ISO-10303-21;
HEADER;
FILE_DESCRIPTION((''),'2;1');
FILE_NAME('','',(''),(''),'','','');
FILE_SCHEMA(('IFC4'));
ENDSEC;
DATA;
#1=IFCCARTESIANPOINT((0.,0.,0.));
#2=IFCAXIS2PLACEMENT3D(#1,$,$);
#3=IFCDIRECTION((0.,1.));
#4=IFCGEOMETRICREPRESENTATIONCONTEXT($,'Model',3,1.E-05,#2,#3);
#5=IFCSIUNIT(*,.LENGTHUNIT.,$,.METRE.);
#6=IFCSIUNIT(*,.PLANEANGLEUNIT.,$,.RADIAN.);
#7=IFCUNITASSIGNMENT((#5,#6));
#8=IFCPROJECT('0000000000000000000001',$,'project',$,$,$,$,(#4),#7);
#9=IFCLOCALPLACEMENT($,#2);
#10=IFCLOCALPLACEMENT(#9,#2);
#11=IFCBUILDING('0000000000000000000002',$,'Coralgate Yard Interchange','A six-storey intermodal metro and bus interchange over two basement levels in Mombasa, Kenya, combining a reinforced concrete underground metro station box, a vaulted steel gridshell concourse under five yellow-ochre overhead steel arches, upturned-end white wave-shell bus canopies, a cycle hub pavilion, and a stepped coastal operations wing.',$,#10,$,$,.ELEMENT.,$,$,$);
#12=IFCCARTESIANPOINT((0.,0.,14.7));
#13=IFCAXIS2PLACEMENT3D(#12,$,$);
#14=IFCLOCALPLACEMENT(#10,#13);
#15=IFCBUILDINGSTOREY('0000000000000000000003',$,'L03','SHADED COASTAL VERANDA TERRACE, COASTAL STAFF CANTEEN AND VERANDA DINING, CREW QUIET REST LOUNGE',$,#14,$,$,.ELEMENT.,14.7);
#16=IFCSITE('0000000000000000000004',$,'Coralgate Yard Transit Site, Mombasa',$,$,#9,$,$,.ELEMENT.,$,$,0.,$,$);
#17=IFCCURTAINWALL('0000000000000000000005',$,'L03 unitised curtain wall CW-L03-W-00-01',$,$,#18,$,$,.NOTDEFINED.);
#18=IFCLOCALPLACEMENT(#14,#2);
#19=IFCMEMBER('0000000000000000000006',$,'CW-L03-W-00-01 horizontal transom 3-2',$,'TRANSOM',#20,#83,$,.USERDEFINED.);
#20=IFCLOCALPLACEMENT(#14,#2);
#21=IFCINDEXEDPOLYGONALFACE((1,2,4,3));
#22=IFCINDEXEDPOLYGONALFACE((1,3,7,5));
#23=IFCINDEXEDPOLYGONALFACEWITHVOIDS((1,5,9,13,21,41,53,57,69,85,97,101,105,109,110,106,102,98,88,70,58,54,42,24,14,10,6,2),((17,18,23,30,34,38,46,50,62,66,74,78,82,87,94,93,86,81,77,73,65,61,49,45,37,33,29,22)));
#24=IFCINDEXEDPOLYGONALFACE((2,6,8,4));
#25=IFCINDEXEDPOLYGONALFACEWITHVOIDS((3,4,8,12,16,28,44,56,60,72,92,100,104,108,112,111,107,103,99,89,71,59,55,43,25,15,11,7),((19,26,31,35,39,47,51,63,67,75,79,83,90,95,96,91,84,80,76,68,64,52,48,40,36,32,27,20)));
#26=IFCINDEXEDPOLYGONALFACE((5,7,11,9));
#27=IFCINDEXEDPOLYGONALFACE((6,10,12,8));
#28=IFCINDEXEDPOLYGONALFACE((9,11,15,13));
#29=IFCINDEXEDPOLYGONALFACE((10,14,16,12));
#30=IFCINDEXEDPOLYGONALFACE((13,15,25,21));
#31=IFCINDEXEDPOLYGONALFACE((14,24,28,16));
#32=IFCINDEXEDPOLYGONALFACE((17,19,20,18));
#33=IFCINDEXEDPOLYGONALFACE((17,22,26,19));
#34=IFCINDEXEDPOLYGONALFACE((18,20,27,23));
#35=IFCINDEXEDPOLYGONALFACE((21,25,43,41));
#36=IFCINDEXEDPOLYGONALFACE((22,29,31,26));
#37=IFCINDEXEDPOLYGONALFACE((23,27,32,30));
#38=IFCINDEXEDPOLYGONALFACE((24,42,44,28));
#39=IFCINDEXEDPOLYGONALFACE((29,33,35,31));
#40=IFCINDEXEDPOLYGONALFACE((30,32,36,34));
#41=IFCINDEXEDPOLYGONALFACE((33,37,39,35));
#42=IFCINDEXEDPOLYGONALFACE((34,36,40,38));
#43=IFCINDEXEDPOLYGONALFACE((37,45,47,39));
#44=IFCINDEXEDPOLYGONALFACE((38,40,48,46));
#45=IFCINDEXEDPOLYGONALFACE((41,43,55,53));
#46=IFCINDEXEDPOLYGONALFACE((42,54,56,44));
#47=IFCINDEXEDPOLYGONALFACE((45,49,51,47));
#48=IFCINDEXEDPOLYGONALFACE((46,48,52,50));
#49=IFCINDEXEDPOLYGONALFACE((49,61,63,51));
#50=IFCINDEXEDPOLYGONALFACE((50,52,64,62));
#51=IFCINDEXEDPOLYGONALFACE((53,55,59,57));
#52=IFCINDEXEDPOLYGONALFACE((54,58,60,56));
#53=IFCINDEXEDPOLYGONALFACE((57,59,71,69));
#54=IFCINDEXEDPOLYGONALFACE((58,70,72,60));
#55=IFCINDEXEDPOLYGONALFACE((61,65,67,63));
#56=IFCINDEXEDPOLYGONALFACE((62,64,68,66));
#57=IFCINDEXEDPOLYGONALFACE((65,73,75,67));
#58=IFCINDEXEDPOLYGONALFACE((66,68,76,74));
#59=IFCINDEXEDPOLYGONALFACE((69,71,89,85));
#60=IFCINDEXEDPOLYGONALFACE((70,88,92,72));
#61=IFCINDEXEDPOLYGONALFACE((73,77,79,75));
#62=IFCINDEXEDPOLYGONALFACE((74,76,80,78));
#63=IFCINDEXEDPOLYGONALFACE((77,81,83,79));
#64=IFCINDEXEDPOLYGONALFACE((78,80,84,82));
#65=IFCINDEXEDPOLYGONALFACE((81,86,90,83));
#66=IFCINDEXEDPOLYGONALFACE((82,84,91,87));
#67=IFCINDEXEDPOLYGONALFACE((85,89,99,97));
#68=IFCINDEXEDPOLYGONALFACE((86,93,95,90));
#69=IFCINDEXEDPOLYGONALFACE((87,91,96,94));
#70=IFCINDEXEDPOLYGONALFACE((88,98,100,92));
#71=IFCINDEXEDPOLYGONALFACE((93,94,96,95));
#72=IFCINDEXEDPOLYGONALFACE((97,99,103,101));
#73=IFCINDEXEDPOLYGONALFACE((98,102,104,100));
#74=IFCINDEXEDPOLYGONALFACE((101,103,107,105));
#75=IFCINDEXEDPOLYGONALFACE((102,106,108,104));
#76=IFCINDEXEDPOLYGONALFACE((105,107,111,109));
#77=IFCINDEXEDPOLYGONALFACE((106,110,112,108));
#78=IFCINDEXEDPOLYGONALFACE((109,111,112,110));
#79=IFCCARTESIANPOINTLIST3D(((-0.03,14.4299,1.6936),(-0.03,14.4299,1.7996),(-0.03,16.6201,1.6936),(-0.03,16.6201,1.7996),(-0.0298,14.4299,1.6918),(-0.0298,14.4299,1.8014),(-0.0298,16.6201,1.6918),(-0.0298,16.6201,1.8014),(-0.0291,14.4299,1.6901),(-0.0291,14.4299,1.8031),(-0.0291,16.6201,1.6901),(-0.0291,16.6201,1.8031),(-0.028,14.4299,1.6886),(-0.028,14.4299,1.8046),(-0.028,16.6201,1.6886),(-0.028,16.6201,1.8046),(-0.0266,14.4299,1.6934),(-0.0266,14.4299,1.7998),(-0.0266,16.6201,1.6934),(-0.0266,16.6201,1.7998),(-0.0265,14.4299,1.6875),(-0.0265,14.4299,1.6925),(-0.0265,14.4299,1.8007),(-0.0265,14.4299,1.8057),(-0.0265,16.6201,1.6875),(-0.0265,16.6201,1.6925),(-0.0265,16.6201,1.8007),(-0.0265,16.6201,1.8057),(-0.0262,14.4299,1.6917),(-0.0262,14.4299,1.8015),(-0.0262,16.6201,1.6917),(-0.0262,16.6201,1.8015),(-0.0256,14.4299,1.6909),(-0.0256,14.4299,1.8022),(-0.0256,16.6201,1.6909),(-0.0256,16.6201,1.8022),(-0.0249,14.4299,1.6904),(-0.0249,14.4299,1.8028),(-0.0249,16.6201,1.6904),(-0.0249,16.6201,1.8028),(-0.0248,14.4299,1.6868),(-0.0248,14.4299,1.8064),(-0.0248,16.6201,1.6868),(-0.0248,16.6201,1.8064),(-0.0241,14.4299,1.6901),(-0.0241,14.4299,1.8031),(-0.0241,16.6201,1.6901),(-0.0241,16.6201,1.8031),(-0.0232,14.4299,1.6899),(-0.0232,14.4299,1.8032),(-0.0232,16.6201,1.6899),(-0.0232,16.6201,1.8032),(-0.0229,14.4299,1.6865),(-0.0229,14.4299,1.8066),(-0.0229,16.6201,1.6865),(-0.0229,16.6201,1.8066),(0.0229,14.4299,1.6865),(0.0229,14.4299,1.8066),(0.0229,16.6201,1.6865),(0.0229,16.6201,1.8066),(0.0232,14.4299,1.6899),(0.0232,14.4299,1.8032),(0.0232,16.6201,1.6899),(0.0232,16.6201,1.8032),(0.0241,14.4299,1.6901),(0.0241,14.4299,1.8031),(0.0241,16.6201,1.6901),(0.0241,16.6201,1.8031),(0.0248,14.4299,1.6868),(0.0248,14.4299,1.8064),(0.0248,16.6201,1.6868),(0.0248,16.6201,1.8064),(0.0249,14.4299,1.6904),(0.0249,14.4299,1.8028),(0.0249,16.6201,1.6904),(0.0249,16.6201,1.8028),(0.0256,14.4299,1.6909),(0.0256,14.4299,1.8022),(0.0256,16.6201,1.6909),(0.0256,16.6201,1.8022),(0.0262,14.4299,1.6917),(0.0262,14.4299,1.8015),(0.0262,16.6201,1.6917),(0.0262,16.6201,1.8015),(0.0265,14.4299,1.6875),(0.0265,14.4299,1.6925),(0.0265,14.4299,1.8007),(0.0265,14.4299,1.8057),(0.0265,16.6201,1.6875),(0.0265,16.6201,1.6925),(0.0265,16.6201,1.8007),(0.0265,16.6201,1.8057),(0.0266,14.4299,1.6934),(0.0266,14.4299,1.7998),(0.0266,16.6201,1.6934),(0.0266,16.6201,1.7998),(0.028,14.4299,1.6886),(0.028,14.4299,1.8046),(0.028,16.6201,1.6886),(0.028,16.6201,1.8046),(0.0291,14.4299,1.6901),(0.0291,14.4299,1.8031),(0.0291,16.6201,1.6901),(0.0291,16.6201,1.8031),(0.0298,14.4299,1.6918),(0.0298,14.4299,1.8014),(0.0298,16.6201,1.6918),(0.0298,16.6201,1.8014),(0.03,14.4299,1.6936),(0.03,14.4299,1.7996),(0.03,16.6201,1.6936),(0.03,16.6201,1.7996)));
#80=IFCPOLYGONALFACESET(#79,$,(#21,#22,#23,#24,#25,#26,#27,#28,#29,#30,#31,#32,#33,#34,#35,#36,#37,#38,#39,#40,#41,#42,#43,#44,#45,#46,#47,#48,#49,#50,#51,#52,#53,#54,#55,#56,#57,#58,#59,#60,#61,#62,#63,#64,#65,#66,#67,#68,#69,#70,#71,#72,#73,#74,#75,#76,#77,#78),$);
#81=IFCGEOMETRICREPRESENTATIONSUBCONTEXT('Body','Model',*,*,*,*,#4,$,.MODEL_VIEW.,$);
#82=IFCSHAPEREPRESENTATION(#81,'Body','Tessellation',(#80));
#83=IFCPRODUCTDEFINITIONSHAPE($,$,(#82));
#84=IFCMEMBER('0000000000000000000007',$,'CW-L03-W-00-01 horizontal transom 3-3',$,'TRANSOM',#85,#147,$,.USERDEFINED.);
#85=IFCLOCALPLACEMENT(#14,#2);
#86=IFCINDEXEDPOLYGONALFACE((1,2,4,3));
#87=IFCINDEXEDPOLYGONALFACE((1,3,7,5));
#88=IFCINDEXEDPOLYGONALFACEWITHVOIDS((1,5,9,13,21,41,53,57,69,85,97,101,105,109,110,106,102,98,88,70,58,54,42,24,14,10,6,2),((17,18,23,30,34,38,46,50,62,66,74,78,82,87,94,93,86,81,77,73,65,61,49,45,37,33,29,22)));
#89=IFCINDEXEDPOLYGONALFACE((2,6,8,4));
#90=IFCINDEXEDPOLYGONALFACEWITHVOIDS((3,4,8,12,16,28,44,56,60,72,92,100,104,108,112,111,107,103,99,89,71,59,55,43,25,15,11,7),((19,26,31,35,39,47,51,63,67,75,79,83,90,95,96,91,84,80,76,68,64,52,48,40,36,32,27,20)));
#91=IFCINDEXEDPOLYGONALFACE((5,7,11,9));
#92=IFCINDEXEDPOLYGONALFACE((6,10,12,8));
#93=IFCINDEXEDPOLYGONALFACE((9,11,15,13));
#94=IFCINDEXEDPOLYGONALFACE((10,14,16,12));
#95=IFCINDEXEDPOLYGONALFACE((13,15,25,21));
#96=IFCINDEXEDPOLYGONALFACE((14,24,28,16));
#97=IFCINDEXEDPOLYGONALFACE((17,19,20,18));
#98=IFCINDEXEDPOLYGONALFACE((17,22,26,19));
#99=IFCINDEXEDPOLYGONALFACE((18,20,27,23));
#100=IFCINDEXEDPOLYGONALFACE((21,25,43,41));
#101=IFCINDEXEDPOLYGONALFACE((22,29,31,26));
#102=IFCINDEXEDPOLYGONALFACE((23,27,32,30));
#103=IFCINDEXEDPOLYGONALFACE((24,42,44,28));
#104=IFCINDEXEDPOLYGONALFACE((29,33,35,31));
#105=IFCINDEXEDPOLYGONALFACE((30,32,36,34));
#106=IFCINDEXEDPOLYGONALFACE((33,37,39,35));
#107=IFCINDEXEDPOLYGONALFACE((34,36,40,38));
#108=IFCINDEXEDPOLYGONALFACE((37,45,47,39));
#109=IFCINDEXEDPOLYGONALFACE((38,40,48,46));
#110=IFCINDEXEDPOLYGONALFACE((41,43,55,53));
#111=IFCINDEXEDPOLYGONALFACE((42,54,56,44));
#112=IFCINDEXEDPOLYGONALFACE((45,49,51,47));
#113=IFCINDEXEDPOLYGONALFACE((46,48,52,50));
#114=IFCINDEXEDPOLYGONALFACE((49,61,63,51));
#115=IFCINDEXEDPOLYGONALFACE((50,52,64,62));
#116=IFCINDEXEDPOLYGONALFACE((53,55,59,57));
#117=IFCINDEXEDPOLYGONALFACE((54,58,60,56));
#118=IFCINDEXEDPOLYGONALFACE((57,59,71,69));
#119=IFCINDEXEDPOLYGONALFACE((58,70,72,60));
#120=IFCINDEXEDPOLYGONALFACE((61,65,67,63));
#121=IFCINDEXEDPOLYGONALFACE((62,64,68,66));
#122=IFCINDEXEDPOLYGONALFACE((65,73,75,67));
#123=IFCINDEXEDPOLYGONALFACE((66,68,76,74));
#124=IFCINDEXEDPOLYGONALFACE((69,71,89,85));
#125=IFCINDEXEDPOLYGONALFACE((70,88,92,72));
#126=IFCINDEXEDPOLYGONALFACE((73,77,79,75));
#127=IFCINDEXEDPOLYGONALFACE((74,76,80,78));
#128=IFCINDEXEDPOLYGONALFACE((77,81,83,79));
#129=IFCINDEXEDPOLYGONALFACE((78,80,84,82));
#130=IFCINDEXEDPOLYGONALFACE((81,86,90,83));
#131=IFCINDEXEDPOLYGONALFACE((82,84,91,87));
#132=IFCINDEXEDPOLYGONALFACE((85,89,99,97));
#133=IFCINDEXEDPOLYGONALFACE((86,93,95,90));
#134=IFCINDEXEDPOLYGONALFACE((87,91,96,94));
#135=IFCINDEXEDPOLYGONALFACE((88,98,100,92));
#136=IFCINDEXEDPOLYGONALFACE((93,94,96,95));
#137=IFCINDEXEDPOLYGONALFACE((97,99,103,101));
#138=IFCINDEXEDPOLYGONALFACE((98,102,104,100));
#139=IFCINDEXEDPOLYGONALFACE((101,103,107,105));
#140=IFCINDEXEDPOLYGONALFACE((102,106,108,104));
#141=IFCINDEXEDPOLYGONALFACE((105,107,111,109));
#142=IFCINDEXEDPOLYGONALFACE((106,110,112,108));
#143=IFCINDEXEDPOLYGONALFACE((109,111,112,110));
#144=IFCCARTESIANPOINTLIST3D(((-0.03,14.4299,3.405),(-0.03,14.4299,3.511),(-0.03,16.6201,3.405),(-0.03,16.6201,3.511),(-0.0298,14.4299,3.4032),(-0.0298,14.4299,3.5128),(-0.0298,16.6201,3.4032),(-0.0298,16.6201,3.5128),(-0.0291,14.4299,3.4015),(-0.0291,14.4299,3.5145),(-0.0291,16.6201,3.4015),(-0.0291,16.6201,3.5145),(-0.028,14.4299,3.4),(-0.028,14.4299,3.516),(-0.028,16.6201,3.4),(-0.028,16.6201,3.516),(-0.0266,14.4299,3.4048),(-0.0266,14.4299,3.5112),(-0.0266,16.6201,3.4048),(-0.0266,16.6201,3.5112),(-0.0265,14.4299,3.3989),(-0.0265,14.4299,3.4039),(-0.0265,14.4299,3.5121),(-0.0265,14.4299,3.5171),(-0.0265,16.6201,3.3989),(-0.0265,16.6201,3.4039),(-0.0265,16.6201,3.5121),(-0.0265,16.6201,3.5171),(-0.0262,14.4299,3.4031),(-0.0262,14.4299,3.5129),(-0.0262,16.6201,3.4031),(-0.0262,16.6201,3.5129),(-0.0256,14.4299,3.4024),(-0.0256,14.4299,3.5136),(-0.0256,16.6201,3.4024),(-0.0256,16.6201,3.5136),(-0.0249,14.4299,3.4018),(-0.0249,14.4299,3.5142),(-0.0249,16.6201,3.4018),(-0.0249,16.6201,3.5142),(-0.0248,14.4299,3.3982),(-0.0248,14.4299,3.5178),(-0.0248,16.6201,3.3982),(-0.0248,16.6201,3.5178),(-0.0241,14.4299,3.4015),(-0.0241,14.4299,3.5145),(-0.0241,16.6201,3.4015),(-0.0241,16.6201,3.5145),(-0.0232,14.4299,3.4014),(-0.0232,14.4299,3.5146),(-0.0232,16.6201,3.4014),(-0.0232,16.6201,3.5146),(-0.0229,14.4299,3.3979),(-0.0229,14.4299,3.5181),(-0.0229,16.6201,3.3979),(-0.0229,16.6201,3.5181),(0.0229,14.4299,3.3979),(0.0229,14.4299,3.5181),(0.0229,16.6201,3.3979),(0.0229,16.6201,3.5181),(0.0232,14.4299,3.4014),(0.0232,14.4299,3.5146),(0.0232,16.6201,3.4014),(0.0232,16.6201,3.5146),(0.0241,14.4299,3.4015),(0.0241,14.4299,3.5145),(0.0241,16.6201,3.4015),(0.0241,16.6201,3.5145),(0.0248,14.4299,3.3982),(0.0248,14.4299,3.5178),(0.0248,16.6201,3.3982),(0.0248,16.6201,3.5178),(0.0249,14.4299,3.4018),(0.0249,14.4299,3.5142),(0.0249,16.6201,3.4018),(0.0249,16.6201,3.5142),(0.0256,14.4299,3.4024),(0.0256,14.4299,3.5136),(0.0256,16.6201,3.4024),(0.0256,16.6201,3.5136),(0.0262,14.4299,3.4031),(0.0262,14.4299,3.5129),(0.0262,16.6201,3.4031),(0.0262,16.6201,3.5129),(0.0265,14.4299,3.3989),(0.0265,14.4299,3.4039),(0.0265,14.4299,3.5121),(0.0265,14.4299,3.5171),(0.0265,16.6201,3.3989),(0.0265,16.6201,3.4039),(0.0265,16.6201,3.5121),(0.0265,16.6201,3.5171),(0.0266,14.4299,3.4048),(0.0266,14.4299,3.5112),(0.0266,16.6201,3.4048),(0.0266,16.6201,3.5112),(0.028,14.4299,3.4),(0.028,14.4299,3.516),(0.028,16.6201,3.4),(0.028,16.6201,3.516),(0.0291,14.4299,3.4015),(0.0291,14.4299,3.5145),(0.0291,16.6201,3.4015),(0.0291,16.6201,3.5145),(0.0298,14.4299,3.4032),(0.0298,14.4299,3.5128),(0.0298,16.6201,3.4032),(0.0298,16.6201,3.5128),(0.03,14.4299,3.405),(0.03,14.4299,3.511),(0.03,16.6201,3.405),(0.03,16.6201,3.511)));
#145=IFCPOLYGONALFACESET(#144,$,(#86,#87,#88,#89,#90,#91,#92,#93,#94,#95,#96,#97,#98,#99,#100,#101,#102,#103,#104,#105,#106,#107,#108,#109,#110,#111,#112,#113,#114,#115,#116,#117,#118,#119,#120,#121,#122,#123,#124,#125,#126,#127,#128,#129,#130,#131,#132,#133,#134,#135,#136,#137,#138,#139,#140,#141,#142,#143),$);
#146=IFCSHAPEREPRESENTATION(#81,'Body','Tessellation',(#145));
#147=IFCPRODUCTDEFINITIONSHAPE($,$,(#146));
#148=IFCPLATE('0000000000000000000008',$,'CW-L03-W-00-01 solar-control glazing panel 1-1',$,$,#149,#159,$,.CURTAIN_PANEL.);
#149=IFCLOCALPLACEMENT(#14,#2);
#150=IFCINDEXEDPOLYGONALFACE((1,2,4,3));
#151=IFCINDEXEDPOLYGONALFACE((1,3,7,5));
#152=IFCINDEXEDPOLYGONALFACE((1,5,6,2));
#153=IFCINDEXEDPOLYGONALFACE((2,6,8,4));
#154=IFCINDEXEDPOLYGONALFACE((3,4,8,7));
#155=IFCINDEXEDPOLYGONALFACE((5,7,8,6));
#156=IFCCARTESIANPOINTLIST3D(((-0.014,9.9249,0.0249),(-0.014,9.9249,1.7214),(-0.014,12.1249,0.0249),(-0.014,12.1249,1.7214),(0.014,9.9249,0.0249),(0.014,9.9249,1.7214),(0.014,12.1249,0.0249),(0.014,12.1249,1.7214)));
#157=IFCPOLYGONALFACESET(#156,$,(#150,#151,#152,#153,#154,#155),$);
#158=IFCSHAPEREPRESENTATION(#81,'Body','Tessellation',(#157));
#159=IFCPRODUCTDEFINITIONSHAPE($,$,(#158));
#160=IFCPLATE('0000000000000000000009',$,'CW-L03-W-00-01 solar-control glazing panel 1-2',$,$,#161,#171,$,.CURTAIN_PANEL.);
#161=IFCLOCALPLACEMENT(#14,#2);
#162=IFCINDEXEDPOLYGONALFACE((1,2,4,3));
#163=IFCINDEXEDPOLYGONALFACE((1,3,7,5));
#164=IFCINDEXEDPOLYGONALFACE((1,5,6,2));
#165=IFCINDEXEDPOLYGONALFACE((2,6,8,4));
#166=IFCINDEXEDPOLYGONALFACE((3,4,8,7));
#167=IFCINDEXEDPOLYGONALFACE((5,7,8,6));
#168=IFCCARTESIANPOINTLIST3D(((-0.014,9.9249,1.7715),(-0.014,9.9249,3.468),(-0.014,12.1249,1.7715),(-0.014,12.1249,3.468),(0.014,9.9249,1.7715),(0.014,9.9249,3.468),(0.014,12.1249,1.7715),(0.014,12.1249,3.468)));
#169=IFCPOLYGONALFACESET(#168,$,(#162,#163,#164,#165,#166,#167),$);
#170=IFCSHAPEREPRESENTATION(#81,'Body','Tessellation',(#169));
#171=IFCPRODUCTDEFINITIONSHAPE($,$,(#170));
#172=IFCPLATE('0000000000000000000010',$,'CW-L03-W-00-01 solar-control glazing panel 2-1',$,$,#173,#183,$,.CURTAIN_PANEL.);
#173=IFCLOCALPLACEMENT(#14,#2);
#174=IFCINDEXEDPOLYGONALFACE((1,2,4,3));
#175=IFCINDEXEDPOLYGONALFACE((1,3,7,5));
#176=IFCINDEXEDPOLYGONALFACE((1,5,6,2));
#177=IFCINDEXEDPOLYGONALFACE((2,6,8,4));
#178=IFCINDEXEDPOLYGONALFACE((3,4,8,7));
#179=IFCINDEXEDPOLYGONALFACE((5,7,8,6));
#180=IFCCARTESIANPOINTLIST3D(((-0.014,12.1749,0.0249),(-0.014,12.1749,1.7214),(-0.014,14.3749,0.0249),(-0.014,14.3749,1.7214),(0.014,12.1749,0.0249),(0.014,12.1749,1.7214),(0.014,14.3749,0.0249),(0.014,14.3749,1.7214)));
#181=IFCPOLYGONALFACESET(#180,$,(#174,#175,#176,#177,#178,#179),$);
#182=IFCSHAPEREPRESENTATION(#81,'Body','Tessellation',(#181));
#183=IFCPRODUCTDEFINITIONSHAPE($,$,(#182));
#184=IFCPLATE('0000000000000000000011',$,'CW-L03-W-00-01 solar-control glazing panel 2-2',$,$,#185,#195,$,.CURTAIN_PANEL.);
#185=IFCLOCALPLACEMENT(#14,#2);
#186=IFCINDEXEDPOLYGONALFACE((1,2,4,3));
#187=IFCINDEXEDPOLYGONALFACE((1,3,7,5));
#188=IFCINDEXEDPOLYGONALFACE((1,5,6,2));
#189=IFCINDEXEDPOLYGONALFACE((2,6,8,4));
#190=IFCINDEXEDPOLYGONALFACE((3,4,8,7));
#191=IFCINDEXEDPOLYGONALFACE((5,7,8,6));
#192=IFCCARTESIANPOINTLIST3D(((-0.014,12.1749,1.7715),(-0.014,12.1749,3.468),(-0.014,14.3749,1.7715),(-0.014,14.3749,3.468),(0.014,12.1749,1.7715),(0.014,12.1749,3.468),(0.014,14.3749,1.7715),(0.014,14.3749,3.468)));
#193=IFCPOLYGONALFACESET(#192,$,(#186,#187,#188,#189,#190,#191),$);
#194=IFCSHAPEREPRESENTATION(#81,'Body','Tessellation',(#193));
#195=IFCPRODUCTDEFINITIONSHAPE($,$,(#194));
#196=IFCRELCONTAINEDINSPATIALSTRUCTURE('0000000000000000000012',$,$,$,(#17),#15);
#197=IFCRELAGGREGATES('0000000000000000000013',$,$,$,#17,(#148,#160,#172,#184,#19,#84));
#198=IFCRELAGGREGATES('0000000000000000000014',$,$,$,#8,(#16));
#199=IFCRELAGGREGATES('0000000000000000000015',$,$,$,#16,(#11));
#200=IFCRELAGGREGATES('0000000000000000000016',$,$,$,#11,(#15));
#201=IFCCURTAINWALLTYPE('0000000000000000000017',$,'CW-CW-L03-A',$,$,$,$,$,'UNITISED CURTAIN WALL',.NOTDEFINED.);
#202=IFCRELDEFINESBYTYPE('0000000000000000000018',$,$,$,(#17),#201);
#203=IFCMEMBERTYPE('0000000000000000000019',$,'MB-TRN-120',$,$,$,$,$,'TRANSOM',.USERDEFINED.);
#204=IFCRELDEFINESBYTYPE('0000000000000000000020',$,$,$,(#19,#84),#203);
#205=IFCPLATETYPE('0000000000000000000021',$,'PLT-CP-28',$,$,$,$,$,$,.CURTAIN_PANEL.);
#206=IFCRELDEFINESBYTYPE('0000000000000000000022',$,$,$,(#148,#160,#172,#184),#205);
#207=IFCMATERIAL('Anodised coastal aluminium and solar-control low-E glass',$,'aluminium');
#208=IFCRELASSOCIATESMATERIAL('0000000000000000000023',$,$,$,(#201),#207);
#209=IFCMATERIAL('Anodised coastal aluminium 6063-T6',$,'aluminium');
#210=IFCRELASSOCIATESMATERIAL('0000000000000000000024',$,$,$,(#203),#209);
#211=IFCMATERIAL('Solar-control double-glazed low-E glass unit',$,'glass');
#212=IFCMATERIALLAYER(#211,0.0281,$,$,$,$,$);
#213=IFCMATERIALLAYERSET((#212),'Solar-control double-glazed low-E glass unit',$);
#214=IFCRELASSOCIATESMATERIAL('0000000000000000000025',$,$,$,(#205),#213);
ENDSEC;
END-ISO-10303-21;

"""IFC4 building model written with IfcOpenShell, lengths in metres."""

from ifc_helpers import new_model, si_unit, direction, frame, origin, origin_2d, place, context, subcontext, project, spatial, rectangle, hollow_rectangle, extrude, material, layer, layer_set, material_profile, profile_set, type_object, element, aggregate, save


model = new_model("IFC4")

# Units and contexts
model_context = context("Model", 3, precision=1e-05, world=origin(), true_north=direction((0.0, 1.0)))
body_context = subcontext(model_context, "Body", "Model", "MODEL_VIEW")
ifc_project = project(units=[si_unit("LENGTHUNIT", "METRE"), si_unit("PLANEANGLEUNIT", "RADIAN")], contexts=[model_context])

# Site, building, storey
site_placement = place(None, origin())
site = spatial("IfcSite", under=ifc_project, at=site_placement, Name="Coralgate Yard Transit Site, Mombasa", CompositionType="ELEMENT", RefElevation=0.0)
building_placement = place(site_placement, origin())
building = spatial("IfcBuilding", under=site, at=building_placement, Name="Coralgate Yard Interchange", Description="A six-storey intermodal metro and bus interchange over two basement levels in Mombasa, Kenya, combining a reinforced concrete underground metro station box, a vaulted steel gridshell concourse under five yellow-ochre overhead steel arches, upturned-end white wave-shell bus canopies, a cycle hub pavilion, and a stepped coastal operations wing.", CompositionType="ELEMENT")
storey_placement = place(building_placement, frame((0.0, 0.0, 14.7)))
storey = spatial("IfcBuildingStorey", under=building, at=storey_placement, Name="L03", Description="SHADED COASTAL VERANDA TERRACE, COASTAL STAFF CANTEEN AND VERANDA DINING, CREW QUIET REST LOUNGE", CompositionType="ELEMENT", Elevation=14.7)

# Curtain wall, members, plates
ifc_material_1 = material(Name="Anodised coastal aluminium and solar-control low-E glass", Category="aluminium")
curtain_wall_type = type_object("IfcCurtainWallType", Name="CW-CW-L03-A", ElementType="UNITISED CURTAIN WALL", PredefinedType="NOTDEFINED", material=ifc_material_1)
curtain_wall_placement = place(storey_placement, origin())
curtain_wall = element("IfcCurtainWall", 1, at=curtain_wall_placement, inside=storey, type_object=curtain_wall_type, Name="L03 unitised curtain wall CW-L03-W-00-01", PredefinedType="NOTDEFINED")
ifc_material_2 = material(Name="Anodised coastal aluminium 6063-T6", Category="aluminium")
ifc_material_profile_1 = material_profile(ifc_material_2, hollow_rectangle(XDim=0.0601, YDim=0.1201, WallThickness=0.0034, InnerFilletRadius=0.0034, OuterFilletRadius=0.0071, at=origin_2d()), Name="ALU 60x120x3.5")
ifc_profile_set_1 = profile_set([ifc_material_profile_1], Name="Anodised coastal aluminium 6063-T6")
member_type_1 = type_object("IfcMemberType", Name="MB-TRN-120", ElementType="TRANSOM", PredefinedType="USERDEFINED", material=ifc_profile_set_1)
member_1_placement = place(storey_placement, frame((0.0, 14.4299, 1.7466), z_axis=(0.0, 1.0, 0.0), x_axis=(-1.0, 0.0, 0.0)))
member_1 = element("IfcMember", 2, at=member_1_placement, type_object=member_type_1, Name="CW-L03-W-00-01 horizontal transom 3-2", ObjectType="TRANSOM", PredefinedType="USERDEFINED", context=body_context, shape_type="SweptSolid", body=[
    extrude(hollow_rectangle(XDim=0.0601, YDim=0.1201, WallThickness=0.0034, InnerFilletRadius=0.0034, OuterFilletRadius=0.0071, at=origin_2d()), origin(), (0.0, 0.0, 1.0), 2.1902),
])
member_2_placement = place(storey_placement, frame((0.0, 14.4299, 3.458), z_axis=(0.0, 1.0, 0.0), x_axis=(-1.0, 0.0, 0.0)))
member_2 = element("IfcMember", 3, at=member_2_placement, type_object=member_type_1, Name="CW-L03-W-00-01 horizontal transom 3-3", ObjectType="TRANSOM", PredefinedType="USERDEFINED", context=body_context, shape_type="SweptSolid", body=[
    extrude(hollow_rectangle(XDim=0.0601, YDim=0.1201, WallThickness=0.0034, InnerFilletRadius=0.0034, OuterFilletRadius=0.0071, at=origin_2d()), origin(), (0.0, 0.0, 1.0), 2.1902),
])
ifc_material_3 = material(Name="Solar-control double-glazed low-E glass unit", Category="glass")
ifc_layer = layer(ifc_material_3, 0.0281)
ifc_layer_set = layer_set([ifc_layer], Name="Solar-control double-glazed low-E glass unit")
plate_type = type_object("IfcPlateType", Name="PLT-CP-28", PredefinedType="CURTAIN_PANEL", material=ifc_layer_set)
plate_1_placement = place(storey_placement, frame((0.0, 11.0249, 0.0249), z_axis=(0.0, 0.0, 1.0), x_axis=(0.0, 1.0, 0.0)))
plate_1 = element("IfcPlate", 4, at=plate_1_placement, type_object=plate_type, Name="CW-L03-W-00-01 solar-control glazing panel 1-1", PredefinedType="CURTAIN_PANEL", context=body_context, shape_type="SweptSolid", body=[
    extrude(rectangle(XDim=2.2, YDim=0.0281, at=origin_2d()), origin(), (0.0, 0.0, 1.0), 1.6965),
])
plate_2_placement = place(storey_placement, frame((0.0, 11.0249, 1.7715), z_axis=(0.0, 0.0, 1.0), x_axis=(0.0, 1.0, 0.0)))
plate_2 = element("IfcPlate", 5, at=plate_2_placement, type_object=plate_type, Name="CW-L03-W-00-01 solar-control glazing panel 1-2", PredefinedType="CURTAIN_PANEL", context=body_context, shape_type="SweptSolid", body=[
    extrude(rectangle(XDim=2.2, YDim=0.0281, at=origin_2d()), origin(), (0.0, 0.0, 1.0), 1.6965),
])
plate_3_placement = place(storey_placement, frame((0.0, 13.2749, 0.0249), z_axis=(0.0, 0.0, 1.0), x_axis=(0.0, 1.0, 0.0)))
plate_3 = element("IfcPlate", 6, at=plate_3_placement, type_object=plate_type, Name="CW-L03-W-00-01 solar-control glazing panel 2-1", PredefinedType="CURTAIN_PANEL", context=body_context, shape_type="SweptSolid", body=[
    extrude(rectangle(XDim=2.2, YDim=0.0281, at=origin_2d()), origin(), (0.0, 0.0, 1.0), 1.6965),
])
plate_4_placement = place(storey_placement, frame((0.0, 13.2749, 1.7715), z_axis=(0.0, 0.0, 1.0), x_axis=(0.0, 1.0, 0.0)))
plate_4 = element("IfcPlate", 7, at=plate_4_placement, type_object=plate_type, Name="CW-L03-W-00-01 solar-control glazing panel 2-2", PredefinedType="CURTAIN_PANEL", context=body_context, shape_type="SweptSolid", body=[
    extrude(rectangle(XDim=2.2, YDim=0.0281, at=origin_2d()), origin(), (0.0, 0.0, 1.0), 1.6965),
])
aggregate(curtain_wall, [plate_1, plate_2, plate_3, plate_4, member_1, member_2])

save(model, "model.ifc")
